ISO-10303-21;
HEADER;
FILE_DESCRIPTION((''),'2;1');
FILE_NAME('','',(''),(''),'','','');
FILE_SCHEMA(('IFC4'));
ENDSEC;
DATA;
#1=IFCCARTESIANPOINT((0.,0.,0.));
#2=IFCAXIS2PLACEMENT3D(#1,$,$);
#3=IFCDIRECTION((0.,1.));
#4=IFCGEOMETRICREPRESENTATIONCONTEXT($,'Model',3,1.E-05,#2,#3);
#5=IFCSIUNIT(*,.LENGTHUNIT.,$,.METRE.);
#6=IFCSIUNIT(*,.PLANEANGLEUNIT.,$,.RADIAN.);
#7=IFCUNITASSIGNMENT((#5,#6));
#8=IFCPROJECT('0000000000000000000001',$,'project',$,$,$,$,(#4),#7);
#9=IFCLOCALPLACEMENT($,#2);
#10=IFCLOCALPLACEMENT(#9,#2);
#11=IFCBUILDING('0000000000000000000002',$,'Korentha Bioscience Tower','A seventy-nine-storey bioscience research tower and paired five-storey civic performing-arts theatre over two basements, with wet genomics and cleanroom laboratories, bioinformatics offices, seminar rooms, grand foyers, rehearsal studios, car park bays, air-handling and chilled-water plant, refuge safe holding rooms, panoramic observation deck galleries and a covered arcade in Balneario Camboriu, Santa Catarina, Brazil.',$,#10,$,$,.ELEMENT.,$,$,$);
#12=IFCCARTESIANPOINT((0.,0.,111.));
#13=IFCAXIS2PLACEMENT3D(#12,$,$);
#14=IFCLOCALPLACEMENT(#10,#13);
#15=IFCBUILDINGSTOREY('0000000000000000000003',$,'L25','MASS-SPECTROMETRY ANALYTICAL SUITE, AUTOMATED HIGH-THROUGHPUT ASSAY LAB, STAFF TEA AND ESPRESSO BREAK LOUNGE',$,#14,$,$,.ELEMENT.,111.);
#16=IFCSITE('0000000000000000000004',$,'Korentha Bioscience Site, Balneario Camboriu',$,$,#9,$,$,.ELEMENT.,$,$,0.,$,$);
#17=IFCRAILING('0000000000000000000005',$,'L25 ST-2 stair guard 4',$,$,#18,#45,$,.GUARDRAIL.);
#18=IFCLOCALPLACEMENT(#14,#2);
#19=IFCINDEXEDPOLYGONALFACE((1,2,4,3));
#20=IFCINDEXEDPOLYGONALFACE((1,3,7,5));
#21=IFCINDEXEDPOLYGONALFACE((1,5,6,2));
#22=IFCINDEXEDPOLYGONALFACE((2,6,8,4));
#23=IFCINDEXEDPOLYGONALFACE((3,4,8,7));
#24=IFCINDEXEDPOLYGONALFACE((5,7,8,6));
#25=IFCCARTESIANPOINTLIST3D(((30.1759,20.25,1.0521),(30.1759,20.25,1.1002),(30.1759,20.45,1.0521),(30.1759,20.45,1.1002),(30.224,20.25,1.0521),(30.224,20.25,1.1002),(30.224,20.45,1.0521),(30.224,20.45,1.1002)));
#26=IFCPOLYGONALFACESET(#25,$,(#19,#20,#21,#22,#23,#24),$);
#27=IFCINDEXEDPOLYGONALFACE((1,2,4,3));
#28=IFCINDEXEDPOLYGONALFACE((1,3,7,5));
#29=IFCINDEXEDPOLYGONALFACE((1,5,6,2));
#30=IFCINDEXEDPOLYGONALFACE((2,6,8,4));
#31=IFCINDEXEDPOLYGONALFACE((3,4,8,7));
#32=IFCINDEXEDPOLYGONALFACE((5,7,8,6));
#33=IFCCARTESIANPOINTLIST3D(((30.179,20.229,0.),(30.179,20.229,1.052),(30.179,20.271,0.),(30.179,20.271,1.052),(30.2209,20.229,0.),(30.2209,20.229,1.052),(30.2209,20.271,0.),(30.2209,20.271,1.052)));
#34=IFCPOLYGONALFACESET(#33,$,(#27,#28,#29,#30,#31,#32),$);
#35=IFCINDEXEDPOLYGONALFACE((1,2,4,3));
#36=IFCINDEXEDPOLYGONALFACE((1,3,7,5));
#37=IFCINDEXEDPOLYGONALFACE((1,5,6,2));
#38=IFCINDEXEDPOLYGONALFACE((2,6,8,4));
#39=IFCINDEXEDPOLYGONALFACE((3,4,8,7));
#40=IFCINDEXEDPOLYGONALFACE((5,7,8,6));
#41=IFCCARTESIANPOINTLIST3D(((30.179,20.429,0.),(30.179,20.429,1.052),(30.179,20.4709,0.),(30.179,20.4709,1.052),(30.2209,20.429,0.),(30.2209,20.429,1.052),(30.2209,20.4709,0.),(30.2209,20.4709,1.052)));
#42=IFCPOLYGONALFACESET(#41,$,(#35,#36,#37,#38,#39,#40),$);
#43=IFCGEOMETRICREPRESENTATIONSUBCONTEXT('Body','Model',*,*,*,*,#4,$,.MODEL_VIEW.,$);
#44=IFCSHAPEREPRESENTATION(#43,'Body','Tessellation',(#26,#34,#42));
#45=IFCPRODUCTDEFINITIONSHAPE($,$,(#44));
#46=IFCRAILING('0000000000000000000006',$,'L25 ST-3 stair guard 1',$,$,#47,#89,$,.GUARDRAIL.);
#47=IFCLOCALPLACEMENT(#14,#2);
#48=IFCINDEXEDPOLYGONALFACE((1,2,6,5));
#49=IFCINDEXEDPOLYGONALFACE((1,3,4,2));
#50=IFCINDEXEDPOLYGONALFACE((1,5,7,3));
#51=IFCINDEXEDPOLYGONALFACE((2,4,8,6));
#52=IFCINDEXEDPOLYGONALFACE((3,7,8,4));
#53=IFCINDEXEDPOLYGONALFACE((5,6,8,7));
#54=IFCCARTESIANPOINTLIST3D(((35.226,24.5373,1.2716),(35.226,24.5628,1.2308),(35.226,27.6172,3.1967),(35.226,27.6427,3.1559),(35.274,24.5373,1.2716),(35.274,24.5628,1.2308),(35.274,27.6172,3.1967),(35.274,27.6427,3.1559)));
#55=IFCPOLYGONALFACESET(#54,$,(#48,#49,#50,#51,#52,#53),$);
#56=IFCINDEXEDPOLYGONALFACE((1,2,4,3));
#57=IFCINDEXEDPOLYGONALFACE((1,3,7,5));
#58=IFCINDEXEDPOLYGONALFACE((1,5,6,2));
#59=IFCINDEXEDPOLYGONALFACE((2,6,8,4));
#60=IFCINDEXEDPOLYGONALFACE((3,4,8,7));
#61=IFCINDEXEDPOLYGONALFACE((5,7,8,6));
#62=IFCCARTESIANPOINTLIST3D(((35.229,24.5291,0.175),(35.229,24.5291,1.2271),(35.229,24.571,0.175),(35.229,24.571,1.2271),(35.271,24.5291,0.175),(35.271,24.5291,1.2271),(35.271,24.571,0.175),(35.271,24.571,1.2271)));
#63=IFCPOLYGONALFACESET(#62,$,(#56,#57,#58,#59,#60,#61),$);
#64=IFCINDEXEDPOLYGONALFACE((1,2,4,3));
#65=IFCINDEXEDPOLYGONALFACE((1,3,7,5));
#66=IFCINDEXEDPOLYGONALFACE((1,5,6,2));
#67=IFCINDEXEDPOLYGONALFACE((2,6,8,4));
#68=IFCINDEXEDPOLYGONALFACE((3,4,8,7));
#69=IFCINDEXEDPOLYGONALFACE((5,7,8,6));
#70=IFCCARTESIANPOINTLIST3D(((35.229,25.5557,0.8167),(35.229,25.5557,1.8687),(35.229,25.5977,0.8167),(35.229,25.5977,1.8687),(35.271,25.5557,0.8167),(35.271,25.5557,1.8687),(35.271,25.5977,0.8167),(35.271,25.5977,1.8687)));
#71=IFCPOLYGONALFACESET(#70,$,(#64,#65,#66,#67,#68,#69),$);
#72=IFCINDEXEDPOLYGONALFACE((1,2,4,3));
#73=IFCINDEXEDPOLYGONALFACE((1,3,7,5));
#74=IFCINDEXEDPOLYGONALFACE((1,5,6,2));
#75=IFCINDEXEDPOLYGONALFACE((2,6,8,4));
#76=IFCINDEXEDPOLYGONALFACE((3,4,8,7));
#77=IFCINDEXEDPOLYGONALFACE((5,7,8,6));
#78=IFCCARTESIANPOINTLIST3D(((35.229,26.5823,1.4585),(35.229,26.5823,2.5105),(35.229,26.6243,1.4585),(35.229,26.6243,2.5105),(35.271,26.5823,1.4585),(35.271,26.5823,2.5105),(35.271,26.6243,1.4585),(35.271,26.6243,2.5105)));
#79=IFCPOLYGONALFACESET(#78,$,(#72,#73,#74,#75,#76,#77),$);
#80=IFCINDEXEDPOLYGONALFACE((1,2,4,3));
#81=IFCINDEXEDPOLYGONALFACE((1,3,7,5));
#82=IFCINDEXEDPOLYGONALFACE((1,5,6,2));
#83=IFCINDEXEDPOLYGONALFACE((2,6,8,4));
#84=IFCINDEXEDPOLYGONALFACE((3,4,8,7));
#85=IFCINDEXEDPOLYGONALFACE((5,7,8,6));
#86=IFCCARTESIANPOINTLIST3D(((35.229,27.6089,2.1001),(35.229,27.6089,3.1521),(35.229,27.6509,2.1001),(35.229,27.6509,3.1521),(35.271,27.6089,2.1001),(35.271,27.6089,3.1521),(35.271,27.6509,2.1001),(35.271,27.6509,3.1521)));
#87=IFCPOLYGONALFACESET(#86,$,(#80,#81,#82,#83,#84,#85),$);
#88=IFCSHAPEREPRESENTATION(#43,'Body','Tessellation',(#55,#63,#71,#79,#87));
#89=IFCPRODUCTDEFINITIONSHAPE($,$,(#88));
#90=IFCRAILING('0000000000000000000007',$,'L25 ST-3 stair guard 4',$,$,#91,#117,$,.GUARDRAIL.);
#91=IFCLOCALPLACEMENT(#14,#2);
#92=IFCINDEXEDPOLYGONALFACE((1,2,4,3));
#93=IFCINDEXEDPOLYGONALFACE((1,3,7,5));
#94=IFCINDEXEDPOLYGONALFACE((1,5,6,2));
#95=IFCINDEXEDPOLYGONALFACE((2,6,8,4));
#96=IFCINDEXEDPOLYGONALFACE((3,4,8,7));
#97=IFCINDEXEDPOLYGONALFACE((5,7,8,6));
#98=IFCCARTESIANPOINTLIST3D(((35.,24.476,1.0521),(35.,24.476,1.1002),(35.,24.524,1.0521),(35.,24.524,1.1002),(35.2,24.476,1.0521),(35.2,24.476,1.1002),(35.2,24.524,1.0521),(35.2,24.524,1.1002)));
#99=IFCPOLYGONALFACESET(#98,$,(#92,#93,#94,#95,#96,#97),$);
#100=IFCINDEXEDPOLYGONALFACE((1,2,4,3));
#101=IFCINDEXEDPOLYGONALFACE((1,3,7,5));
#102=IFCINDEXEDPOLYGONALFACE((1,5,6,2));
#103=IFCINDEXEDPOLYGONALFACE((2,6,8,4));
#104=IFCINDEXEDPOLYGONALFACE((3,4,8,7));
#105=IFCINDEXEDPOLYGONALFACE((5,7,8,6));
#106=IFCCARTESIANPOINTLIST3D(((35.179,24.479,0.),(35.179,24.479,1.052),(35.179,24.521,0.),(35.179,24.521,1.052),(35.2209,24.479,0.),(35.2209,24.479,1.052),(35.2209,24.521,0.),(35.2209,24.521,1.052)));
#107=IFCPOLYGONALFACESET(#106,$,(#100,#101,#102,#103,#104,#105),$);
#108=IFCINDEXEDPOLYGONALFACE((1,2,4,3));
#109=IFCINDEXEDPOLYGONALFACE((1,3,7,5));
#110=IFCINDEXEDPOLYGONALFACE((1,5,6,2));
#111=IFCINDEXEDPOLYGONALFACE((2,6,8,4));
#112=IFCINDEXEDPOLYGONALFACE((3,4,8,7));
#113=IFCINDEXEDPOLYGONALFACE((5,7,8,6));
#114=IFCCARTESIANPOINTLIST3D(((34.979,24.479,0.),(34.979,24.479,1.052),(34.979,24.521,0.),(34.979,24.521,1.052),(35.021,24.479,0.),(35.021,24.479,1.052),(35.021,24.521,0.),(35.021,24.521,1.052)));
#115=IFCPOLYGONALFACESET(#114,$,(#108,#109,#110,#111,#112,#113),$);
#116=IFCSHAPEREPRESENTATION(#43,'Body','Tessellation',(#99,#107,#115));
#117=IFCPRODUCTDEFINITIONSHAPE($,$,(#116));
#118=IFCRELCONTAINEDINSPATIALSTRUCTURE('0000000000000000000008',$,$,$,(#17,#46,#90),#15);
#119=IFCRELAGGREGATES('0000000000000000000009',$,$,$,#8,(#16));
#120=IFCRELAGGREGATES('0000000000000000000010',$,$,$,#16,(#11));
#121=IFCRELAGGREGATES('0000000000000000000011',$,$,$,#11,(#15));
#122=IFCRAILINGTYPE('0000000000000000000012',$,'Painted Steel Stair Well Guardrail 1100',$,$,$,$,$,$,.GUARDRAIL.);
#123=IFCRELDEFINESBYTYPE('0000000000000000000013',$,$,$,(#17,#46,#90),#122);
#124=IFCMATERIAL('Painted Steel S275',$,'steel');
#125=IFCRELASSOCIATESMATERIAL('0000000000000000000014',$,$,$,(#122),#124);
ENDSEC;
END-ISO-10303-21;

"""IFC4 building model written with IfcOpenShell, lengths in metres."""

from ifc_helpers import new_model, si_unit, direction, frame, origin, origin_2d, place, context, subcontext, project, spatial, rectangle, extrude, material, type_object, element, save


model = new_model("IFC4")

# Units and contexts
model_context = context("Model", 3, precision=1e-05, world=origin(), true_north=direction((0.0, 1.0)))
body_context = subcontext(model_context, "Body", "Model", "MODEL_VIEW")
ifc_project = project(units=[si_unit("LENGTHUNIT", "METRE"), si_unit("PLANEANGLEUNIT", "RADIAN")], contexts=[model_context])

# Site, building, storey
site_placement = place(None, origin())
site = spatial("IfcSite", under=ifc_project, at=site_placement, Name="Korentha Bioscience Site, Balneario Camboriu", CompositionType="ELEMENT", RefElevation=0.0)
building_placement = place(site_placement, origin())
building = spatial("IfcBuilding", under=site, at=building_placement, Name="Korentha Bioscience Tower", Description="A seventy-nine-storey bioscience research tower and paired five-storey civic performing-arts theatre over two basements, with wet genomics and cleanroom laboratories, bioinformatics offices, seminar rooms, grand foyers, rehearsal studios, car park bays, air-handling and chilled-water plant, refuge safe holding rooms, panoramic observation deck galleries and a covered arcade in Balneario Camboriu, Santa Catarina, Brazil.", CompositionType="ELEMENT")
storey_placement = place(building_placement, frame((0.0, 0.0, 111.0)))
storey = spatial("IfcBuildingStorey", under=building, at=storey_placement, Name="L25", Description="MASS-SPECTROMETRY ANALYTICAL SUITE, AUTOMATED HIGH-THROUGHPUT ASSAY LAB, STAFF TEA AND ESPRESSO BREAK LOUNGE", CompositionType="ELEMENT", Elevation=111.0)

# Railings
ifc_material_1 = material(Name="Painted Steel S275", Category="steel")
railing_type_1 = type_object("IfcRailingType", Name="Painted Steel Stair Well Guardrail 1100", PredefinedType="GUARDRAIL", material=ifc_material_1)
railing_1_placement = place(storey_placement, frame((30.2, 20.25, 0.0)))
element("IfcRailing", 1, at=railing_1_placement, inside=storey, type_object=railing_type_1, Name="L25 ST-2 stair guard 4", PredefinedType="GUARDRAIL", context=body_context, shape_type="SweptSolid", body=[
    extrude(rectangle(XDim=0.0481, YDim=0.0481, at=origin_2d()), frame((0.0, 0.0, 1.0762), z_axis=(0.0, 1.0, 0.0), x_axis=(-1.0, 0.0, 0.0)), (0.0, 0.0, 1.0), 0.2),
    extrude(rectangle(XDim=0.042, YDim=0.042, at=origin_2d()), origin(), (0.0, 0.0, 1.0), 1.052),
    extrude(rectangle(XDim=0.042, YDim=0.042, at=origin_2d()), frame((0.0, 0.2, 0.0)), (0.0, 0.0, 1.0), 1.052),
])
railing_2_placement = place(storey_placement, frame((35.25, 24.55, 0.175)))
element("IfcRailing", 2, at=railing_2_placement, inside=storey, type_object=railing_type_1, Name="L25 ST-3 stair guard 1", PredefinedType="GUARDRAIL", context=body_context, shape_type="SweptSolid", body=[
    extrude(rectangle(XDim=0.0481, YDim=0.0481, at=origin_2d()), frame((0.0, 0.0, 1.0762), z_axis=(0.0, 0.847979, 0.530029), x_axis=(-1.0, 0.0, 0.0)), (0.0, 0.0, 1.0), 3.6321),
    extrude(rectangle(XDim=0.042, YDim=0.042, at=origin_2d()), origin(), (0.0, 0.0, 1.0), 1.052),
    extrude(rectangle(XDim=0.042, YDim=0.042, at=origin_2d()), frame((0.0, 1.0266, 0.6416)), (0.0, 0.0, 1.0), 1.052),
    extrude(rectangle(XDim=0.042, YDim=0.042, at=origin_2d()), frame((0.0, 2.0532, 1.2834)), (0.0, 0.0, 1.0), 1.052),
    extrude(rectangle(XDim=0.042, YDim=0.042, at=origin_2d()), frame((0.0, 3.0798, 1.925)), (0.0, 0.0, 1.0), 1.052),
])
railing_3_placement = place(storey_placement, frame((35.2, 24.5, 0.0)))
element("IfcRailing", 3, at=railing_3_placement, inside=storey, type_object=railing_type_1, Name="L25 ST-3 stair guard 4", PredefinedType="GUARDRAIL", context=body_context, shape_type="SweptSolid", body=[
    extrude(rectangle(XDim=0.0481, YDim=0.0481, at=origin_2d()), frame((0.0, 0.0, 1.0762), z_axis=(-1.0, 0.0, 0.0), x_axis=(0.0, -1.0, 0.0)), (0.0, 0.0, 1.0), 0.2),
    extrude(rectangle(XDim=0.042, YDim=0.042, at=origin_2d()), origin(), (0.0, 0.0, 1.0), 1.052),
    extrude(rectangle(XDim=0.042, YDim=0.042, at=origin_2d()), frame((-0.2, 0.0, 0.0)), (0.0, 0.0, 1.0), 1.052),
])

save(model, "model.ifc")
